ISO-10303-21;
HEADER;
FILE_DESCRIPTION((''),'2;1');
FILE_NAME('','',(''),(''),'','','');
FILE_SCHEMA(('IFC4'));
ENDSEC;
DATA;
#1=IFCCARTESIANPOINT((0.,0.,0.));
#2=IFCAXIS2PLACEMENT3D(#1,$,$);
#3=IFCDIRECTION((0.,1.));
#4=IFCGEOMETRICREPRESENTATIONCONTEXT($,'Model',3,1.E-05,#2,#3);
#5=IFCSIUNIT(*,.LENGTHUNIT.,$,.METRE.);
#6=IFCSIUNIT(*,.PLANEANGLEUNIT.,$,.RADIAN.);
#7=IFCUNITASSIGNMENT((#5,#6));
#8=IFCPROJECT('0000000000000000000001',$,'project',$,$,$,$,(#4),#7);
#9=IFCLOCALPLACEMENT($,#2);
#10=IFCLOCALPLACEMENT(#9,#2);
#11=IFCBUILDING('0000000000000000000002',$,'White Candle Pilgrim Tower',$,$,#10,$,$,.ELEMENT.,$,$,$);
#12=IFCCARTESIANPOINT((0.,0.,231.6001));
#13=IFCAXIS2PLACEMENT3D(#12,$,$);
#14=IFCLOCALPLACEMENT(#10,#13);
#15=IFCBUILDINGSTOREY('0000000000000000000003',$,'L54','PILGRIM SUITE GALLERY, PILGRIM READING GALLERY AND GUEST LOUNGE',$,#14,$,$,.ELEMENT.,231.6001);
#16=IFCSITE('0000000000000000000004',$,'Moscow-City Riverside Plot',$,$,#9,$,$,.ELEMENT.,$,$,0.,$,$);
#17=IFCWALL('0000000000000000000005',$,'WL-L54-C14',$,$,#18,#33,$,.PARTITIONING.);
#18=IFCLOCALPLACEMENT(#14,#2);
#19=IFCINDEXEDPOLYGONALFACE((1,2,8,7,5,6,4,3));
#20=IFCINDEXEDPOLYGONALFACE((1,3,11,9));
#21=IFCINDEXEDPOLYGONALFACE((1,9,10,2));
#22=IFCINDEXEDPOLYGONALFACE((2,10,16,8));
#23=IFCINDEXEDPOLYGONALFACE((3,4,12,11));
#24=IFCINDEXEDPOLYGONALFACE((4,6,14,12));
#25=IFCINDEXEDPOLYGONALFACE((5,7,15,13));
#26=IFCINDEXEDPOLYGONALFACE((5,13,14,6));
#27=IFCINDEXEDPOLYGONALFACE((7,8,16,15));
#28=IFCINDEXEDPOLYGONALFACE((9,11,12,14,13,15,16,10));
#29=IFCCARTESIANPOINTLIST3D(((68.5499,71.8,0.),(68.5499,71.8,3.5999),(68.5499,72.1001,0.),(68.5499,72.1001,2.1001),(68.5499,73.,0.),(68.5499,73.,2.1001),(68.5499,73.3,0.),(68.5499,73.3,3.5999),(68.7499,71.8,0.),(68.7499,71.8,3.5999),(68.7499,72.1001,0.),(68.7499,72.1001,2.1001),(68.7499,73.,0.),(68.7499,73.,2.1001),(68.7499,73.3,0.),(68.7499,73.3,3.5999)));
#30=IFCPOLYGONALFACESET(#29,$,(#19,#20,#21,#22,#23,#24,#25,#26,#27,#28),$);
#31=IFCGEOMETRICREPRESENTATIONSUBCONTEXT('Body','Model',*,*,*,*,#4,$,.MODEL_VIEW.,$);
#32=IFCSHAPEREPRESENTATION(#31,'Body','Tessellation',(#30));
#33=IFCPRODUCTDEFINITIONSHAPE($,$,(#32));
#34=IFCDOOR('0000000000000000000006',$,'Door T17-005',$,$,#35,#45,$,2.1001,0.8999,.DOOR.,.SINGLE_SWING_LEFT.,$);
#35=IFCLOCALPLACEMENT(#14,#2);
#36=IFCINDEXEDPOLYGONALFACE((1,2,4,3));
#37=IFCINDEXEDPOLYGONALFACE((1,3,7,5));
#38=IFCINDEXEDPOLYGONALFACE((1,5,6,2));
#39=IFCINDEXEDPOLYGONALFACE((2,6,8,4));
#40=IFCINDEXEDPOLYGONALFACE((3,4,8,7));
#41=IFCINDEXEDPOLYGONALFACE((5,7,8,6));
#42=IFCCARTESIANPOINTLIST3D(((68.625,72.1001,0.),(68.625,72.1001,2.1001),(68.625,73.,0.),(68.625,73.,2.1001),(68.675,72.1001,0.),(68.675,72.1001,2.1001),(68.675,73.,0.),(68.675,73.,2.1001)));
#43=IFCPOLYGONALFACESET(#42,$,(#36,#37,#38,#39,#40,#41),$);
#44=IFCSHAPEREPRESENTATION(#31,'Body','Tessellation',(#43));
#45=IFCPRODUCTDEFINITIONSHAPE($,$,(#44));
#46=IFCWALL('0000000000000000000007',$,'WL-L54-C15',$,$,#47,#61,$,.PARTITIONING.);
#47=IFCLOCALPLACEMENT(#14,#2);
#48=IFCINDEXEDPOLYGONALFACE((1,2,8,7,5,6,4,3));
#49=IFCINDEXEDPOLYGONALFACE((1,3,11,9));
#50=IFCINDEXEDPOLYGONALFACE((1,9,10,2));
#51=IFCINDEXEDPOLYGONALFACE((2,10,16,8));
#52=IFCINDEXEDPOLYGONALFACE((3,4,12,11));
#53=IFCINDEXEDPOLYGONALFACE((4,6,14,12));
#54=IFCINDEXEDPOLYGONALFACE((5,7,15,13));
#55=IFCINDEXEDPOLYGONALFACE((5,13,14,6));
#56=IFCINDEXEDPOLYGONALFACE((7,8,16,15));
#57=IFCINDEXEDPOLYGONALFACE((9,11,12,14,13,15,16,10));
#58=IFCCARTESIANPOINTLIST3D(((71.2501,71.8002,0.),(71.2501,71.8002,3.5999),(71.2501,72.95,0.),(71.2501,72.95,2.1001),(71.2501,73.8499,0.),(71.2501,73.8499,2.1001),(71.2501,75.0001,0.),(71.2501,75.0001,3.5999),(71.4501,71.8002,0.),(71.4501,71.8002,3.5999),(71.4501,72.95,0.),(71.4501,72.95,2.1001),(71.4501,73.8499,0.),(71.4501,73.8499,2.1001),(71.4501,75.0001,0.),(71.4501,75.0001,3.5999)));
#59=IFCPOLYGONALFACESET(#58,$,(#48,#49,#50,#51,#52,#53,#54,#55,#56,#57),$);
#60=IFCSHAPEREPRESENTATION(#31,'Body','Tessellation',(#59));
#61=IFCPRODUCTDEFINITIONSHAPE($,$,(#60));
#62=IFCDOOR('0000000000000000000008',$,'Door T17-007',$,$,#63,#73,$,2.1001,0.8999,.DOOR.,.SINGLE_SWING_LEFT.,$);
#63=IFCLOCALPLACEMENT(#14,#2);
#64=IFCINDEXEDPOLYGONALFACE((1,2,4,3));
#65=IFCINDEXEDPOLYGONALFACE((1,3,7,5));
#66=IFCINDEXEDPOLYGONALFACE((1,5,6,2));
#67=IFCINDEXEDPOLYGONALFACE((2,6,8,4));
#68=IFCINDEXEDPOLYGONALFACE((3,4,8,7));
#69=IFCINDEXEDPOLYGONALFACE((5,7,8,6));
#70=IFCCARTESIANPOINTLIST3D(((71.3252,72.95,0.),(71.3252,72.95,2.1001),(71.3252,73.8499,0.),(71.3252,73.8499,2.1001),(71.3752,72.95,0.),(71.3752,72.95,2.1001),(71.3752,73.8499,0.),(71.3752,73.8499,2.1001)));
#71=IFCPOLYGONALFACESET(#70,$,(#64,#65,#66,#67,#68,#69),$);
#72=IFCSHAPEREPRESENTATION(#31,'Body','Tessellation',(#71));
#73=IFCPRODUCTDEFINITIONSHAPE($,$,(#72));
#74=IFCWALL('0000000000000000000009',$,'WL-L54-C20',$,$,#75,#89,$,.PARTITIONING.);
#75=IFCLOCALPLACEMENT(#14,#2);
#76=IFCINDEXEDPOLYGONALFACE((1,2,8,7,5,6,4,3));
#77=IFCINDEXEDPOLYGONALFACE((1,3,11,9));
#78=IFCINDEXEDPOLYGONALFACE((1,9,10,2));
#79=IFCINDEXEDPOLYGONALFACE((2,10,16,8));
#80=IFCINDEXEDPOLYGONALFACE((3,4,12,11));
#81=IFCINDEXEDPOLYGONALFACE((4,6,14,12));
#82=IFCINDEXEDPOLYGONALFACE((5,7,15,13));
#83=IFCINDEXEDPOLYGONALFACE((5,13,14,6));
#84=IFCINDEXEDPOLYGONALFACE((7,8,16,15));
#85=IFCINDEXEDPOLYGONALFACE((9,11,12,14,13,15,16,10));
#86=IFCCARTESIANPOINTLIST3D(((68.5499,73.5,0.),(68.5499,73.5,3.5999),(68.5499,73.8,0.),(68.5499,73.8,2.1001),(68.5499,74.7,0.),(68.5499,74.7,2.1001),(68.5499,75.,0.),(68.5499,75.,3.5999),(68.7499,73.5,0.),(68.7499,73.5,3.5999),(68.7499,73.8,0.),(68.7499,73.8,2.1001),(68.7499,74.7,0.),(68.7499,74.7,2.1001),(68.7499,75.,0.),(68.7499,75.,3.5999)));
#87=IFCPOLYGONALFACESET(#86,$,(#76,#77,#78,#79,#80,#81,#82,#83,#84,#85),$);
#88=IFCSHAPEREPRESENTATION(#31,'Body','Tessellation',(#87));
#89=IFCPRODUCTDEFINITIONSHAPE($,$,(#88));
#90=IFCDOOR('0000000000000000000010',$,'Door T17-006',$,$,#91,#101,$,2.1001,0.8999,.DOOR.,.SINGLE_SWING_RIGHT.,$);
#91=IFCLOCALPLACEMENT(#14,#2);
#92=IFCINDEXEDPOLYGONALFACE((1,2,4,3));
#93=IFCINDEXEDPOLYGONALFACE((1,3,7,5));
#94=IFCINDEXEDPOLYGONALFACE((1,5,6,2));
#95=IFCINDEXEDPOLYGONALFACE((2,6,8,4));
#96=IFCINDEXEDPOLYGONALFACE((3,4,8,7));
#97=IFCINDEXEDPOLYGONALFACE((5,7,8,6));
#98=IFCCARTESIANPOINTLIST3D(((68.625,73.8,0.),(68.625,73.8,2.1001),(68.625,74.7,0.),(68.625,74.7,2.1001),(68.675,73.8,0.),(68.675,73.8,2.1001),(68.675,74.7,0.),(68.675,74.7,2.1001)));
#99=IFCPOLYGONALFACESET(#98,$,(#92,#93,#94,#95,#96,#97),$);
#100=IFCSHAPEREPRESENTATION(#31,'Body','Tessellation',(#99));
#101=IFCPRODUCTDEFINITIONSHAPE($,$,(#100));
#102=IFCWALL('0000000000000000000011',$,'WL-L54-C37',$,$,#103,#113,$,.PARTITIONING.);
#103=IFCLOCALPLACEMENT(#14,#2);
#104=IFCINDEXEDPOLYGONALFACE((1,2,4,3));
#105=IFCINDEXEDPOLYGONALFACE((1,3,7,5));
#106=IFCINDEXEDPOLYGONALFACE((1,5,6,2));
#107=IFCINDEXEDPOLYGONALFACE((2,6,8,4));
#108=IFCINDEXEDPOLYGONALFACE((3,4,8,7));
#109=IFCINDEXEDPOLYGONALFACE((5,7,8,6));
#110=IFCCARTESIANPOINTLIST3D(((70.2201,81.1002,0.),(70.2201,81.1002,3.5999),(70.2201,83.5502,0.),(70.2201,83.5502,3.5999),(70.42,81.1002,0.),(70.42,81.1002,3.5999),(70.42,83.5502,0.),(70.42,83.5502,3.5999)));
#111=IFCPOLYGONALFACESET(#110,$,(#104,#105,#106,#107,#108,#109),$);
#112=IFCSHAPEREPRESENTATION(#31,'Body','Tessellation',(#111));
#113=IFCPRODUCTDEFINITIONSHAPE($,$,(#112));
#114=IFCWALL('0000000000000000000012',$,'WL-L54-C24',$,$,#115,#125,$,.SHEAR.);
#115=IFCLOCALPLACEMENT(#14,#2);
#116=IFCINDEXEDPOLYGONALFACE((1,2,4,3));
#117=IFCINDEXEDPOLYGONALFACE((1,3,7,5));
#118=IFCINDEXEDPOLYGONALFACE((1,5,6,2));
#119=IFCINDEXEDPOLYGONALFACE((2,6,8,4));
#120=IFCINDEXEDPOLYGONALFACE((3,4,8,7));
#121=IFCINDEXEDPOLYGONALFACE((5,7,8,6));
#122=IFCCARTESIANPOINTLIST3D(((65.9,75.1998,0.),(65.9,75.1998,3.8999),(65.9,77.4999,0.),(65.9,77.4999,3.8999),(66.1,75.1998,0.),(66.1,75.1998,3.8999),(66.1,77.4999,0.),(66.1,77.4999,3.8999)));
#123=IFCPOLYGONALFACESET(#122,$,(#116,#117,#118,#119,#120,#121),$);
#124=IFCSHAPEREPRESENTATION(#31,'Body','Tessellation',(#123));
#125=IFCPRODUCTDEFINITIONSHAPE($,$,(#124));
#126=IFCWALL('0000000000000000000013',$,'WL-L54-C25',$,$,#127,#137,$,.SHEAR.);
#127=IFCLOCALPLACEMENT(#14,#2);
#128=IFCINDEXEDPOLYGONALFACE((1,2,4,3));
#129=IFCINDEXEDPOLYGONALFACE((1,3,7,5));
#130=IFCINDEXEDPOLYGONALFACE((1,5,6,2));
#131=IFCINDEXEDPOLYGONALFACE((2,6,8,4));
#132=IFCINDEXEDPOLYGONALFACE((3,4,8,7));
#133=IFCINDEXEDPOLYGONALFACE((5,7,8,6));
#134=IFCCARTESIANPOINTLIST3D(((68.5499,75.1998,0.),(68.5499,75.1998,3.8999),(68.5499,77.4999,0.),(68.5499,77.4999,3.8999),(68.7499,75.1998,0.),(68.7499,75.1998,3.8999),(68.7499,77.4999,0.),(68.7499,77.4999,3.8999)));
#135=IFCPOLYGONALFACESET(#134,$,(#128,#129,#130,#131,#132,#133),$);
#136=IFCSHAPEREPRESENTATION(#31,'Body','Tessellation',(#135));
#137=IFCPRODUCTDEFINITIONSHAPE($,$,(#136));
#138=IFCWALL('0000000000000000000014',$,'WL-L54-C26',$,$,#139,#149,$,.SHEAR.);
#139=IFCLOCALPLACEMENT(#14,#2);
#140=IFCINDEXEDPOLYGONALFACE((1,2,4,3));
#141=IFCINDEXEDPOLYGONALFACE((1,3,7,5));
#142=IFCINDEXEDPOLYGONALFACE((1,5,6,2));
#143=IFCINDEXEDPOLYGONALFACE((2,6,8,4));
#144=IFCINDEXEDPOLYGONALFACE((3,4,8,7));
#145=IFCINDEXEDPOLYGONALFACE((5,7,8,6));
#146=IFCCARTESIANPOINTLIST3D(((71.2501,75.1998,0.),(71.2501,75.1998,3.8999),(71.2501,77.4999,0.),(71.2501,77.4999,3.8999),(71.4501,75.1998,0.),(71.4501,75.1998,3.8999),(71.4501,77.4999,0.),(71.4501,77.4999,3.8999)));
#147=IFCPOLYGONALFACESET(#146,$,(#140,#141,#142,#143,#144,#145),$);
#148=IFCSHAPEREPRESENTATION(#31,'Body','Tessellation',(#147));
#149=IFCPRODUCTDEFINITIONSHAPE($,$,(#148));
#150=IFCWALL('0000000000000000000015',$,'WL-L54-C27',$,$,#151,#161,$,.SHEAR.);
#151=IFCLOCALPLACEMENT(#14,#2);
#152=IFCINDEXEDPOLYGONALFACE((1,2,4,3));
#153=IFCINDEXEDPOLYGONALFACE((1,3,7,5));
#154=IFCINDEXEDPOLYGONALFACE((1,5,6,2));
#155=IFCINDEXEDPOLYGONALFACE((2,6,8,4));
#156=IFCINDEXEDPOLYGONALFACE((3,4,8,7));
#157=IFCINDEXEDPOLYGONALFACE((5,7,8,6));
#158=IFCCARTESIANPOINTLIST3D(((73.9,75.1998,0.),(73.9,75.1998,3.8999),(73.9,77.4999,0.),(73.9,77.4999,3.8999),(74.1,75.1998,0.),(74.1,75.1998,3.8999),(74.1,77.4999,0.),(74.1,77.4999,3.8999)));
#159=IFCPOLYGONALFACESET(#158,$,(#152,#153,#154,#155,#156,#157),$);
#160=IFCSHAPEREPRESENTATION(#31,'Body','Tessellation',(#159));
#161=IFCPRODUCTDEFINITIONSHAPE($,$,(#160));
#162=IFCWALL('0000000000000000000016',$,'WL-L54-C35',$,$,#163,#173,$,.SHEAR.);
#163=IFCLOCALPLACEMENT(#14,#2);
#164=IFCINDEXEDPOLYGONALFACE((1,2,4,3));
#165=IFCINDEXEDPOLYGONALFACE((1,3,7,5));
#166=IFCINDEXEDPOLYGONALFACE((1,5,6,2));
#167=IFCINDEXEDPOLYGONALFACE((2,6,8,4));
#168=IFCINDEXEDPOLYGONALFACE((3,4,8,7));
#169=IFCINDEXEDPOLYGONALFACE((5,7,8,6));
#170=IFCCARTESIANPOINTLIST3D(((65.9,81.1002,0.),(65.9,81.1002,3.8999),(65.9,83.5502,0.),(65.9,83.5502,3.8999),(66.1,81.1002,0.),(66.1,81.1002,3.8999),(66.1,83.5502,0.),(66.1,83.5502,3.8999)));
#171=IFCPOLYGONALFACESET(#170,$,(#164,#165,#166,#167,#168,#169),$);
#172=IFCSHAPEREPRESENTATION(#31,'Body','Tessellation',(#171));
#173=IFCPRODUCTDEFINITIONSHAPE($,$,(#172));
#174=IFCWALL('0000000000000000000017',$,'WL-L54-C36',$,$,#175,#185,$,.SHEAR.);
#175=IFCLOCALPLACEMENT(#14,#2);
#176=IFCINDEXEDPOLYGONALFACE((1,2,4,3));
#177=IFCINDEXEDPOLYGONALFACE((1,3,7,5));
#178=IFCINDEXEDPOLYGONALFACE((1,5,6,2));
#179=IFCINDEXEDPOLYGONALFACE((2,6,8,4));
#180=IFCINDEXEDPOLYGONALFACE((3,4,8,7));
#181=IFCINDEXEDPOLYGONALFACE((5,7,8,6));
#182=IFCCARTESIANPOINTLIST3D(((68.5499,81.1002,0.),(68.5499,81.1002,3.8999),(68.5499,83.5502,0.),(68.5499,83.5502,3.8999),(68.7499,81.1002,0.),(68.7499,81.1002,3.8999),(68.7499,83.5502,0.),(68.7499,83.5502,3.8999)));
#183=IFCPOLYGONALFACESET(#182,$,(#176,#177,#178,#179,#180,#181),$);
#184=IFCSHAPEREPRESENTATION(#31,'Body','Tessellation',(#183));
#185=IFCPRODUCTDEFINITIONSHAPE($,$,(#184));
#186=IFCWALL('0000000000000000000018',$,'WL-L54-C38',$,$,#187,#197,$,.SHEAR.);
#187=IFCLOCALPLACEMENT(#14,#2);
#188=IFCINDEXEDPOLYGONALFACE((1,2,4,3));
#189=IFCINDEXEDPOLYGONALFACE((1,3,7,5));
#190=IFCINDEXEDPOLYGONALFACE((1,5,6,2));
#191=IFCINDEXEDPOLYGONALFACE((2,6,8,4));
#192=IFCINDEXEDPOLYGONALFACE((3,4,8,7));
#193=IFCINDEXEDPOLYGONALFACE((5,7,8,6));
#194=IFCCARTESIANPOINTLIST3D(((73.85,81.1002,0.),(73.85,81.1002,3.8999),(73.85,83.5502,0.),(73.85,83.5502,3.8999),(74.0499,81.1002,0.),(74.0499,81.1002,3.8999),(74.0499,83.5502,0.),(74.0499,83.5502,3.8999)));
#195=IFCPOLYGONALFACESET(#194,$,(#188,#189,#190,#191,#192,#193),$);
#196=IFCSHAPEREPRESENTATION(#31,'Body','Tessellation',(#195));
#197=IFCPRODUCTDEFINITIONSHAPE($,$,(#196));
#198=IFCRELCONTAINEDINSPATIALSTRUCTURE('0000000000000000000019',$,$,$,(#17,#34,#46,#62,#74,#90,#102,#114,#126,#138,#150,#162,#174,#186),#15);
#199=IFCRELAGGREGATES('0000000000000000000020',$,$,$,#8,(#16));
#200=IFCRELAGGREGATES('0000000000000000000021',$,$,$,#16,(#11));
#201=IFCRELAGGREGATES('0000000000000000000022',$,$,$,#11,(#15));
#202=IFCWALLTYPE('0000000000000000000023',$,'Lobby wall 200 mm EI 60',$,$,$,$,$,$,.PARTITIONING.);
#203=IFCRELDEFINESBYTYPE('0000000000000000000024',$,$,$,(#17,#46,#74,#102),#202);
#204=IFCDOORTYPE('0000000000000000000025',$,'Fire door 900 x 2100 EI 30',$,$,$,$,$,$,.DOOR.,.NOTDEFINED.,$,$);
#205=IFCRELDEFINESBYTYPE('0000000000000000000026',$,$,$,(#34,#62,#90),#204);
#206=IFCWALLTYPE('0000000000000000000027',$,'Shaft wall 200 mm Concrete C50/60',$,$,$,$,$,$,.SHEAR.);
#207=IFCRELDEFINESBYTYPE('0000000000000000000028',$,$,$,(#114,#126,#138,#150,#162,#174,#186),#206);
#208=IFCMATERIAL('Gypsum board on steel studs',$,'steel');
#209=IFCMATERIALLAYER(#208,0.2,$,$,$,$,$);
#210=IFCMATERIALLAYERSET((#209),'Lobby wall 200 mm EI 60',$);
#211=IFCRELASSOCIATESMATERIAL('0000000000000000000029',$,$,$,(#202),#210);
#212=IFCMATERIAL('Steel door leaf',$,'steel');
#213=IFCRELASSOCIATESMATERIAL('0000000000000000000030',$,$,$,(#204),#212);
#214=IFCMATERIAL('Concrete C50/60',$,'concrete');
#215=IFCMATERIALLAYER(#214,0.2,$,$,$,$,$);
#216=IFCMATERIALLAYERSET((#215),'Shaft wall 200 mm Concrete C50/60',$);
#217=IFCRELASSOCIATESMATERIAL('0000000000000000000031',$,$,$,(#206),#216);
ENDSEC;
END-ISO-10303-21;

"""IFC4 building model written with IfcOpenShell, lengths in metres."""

from ifc_helpers import new_model, si_unit, direction, frame, frame_2d, origin, place, context, subcontext, project, spatial, rectangle, extrude, material, layer, layer_set, type_object, element, fill, save


model = new_model("IFC4")

# Units and contexts
model_context = context("Model", 3, precision=1e-05, world=origin(), true_north=direction((0.0, 1.0)))
body_context = subcontext(model_context, "Body", "Model", "MODEL_VIEW")
ifc_project = project(units=[si_unit("LENGTHUNIT", "METRE"), si_unit("PLANEANGLEUNIT", "RADIAN")], contexts=[model_context])

# Site, building, storey
site_placement = place(None, origin())
site = spatial("IfcSite", under=ifc_project, at=site_placement, Name="Moscow-City Riverside Plot", CompositionType="ELEMENT", RefElevation=0.0)
building_placement = place(site_placement, origin())
building = spatial("IfcBuilding", under=site, at=building_placement, Name="White Candle Pilgrim Tower", CompositionType="ELEMENT")
storey_placement = place(building_placement, frame((0.0, 0.0, 231.6001)))
storey = spatial("IfcBuildingStorey", under=building, at=storey_placement, Name="L54", Description="PILGRIM SUITE GALLERY, PILGRIM READING GALLERY AND GUEST LOUNGE", CompositionType="ELEMENT", Elevation=231.6001)

# Walls, openings, doors
ifc_material_1 = material(Name="Gypsum board on steel studs", Category="steel")
ifc_layer_1 = layer(ifc_material_1, 0.2)
ifc_layer_set_1 = layer_set([ifc_layer_1], Name="Lobby wall 200 mm EI 60")
wall_type_1 = type_object("IfcWallType", Name="Lobby wall 200 mm EI 60", PredefinedType="PARTITIONING", material=ifc_layer_set_1)
wall_1_placement = place(storey_placement, frame((68.6499, 71.8, 0.0), z_axis=(0.0, 0.0, 1.0), x_axis=(0.0, 1.0, 0.0)))
wall_1 = element("IfcWall", 1, at=wall_1_placement, inside=storey, type_object=wall_type_1, Name="WL-L54-C14", PredefinedType="PARTITIONING", context=body_context, shape_type="SweptSolid", body=[
    extrude(rectangle(XDim=1.5, YDim=0.2, at=frame_2d((0.75, 0.0))), origin(), (0.0, 0.0, 1.0), 3.5999),
])
opening_1_placement = place(wall_1_placement, frame((0.3, 0.0, 0.0)))
opening_1 = element("IfcOpeningElement", 2, at=opening_1_placement, cuts=wall_1, PredefinedType="OPENING", context=body_context, shape_type="SweptSolid", body=[
    extrude(rectangle(XDim=0.8999, YDim=2.1001, at=frame_2d((0.45, 1.05))), frame((0.0, 0.1099, 0.0), z_axis=(0.0, -1.0, 0.0), x_axis=(1.0, 0.0, 0.0)), (0.0, 0.0, 1.0), 0.22),
])
ifc_material_2 = material(Name="Steel door leaf", Category="steel")
door_type_1 = type_object("IfcDoorType", Name="Fire door 900 x 2100 EI 30", OperationType="NOTDEFINED", PredefinedType="DOOR", material=ifc_material_2)
door_1_placement = place(opening_1_placement, origin())
door_1 = element("IfcDoor", 3, at=door_1_placement, inside=storey, type_object=door_type_1, Name="Door T17-005", OperationType="SINGLE_SWING_LEFT", OverallHeight=2.1001, OverallWidth=0.8999, PredefinedType="DOOR", context=body_context, shape_type="SweptSolid", body=[
    extrude(rectangle(XDim=0.8999, YDim=2.1001, at=frame_2d((0.45, 1.05))), frame((0.0, 0.0249, 0.0), z_axis=(0.0, -1.0, 0.0), x_axis=(1.0, 0.0, 0.0)), (0.0, 0.0, 1.0), 0.05),
])
fill(opening_1, door_1)
wall_2_placement = place(storey_placement, frame((71.3501, 71.8, 0.0), z_axis=(0.0, 0.0, 1.0), x_axis=(0.0, 1.0, 0.0)))
wall_2 = element("IfcWall", 4, at=wall_2_placement, inside=storey, type_object=wall_type_1, Name="WL-L54-C15", PredefinedType="PARTITIONING", context=body_context, shape_type="SweptSolid", body=[
    extrude(rectangle(XDim=3.2, YDim=0.2, at=frame_2d((1.6001, 0.0))), origin(), (0.0, 0.0, 1.0), 3.5999),
])
opening_2_placement = place(wall_2_placement, frame((1.1499, 0.0, 0.0)))
opening_2 = element("IfcOpeningElement", 5, at=opening_2_placement, cuts=wall_2, PredefinedType="OPENING", context=body_context, shape_type="SweptSolid", body=[
    extrude(rectangle(XDim=0.8999, YDim=2.1001, at=frame_2d((0.45, 1.05))), frame((0.0, 0.1099, 0.0), z_axis=(0.0, -1.0, 0.0), x_axis=(1.0, 0.0, 0.0)), (0.0, 0.0, 1.0), 0.22),
])
door_2_placement = place(opening_2_placement, origin())
door_2 = element("IfcDoor", 6, at=door_2_placement, inside=storey, type_object=door_type_1, Name="Door T17-007", OperationType="SINGLE_SWING_LEFT", OverallHeight=2.1001, OverallWidth=0.8999, PredefinedType="DOOR", context=body_context, shape_type="SweptSolid", body=[
    extrude(rectangle(XDim=0.8999, YDim=2.1001, at=frame_2d((0.45, 1.05))), frame((0.0, 0.0249, 0.0), z_axis=(0.0, -1.0, 0.0), x_axis=(1.0, 0.0, 0.0)), (0.0, 0.0, 1.0), 0.05),
])
fill(opening_2, door_2)
wall_3_placement = place(storey_placement, frame((68.6499, 73.5, 0.0), z_axis=(0.0, 0.0, 1.0), x_axis=(0.0, 1.0, 0.0)))
wall_3 = element("IfcWall", 7, at=wall_3_placement, inside=storey, type_object=wall_type_1, Name="WL-L54-C20", PredefinedType="PARTITIONING", context=body_context, shape_type="SweptSolid", body=[
    extrude(rectangle(XDim=1.5, YDim=0.2, at=frame_2d((0.75, 0.0))), origin(), (0.0, 0.0, 1.0), 3.5999),
])
opening_3_placement = place(wall_3_placement, frame((0.3, 0.0, 0.0)))
opening_3 = element("IfcOpeningElement", 8, at=opening_3_placement, cuts=wall_3, PredefinedType="OPENING", context=body_context, shape_type="SweptSolid", body=[
    extrude(rectangle(XDim=0.8999, YDim=2.1001, at=frame_2d((0.45, 1.05))), frame((0.0, 0.1099, 0.0), z_axis=(0.0, -1.0, 0.0), x_axis=(1.0, 0.0, 0.0)), (0.0, 0.0, 1.0), 0.22),
])
door_3_placement = place(opening_3_placement, origin())
door_3 = element("IfcDoor", 9, at=door_3_placement, inside=storey, type_object=door_type_1, Name="Door T17-006", OperationType="SINGLE_SWING_RIGHT", OverallHeight=2.1001, OverallWidth=0.8999, PredefinedType="DOOR", context=body_context, shape_type="SweptSolid", body=[
    extrude(rectangle(XDim=0.8999, YDim=2.1001, at=frame_2d((0.45, 1.05))), frame((0.0, 0.0249, 0.0), z_axis=(0.0, -1.0, 0.0), x_axis=(1.0, 0.0, 0.0)), (0.0, 0.0, 1.0), 0.05),
])
fill(opening_3, door_3)

# Walls
wall_4_placement = place(storey_placement, frame((70.3201, 81.1001, 0.0), z_axis=(0.0, 0.0, 1.0), x_axis=(0.0, 1.0, 0.0)))
element("IfcWall", 10, at=wall_4_placement, inside=storey, type_object=wall_type_1, Name="WL-L54-C37", PredefinedType="PARTITIONING", context=body_context, shape_type="SweptSolid", body=[
    extrude(rectangle(XDim=2.45, YDim=0.2, at=frame_2d((1.2251, 0.0))), origin(), (0.0, 0.0, 1.0), 3.5999),
])
ifc_material_3 = material(Name="Concrete C50/60", Category="concrete")
ifc_layer_2 = layer(ifc_material_3, 0.2)
ifc_layer_set_2 = layer_set([ifc_layer_2], Name="Shaft wall 200 mm Concrete C50/60")
wall_type_2 = type_object("IfcWallType", Name="Shaft wall 200 mm Concrete C50/60", PredefinedType="SHEAR", material=ifc_layer_set_2)
for number, where, z_axis, x_axis, name in (
    (11, (66.0, 75.2, 0.0), (0.0, 0.0, 1.0), (0.0, 1.0, 0.0), "WL-L54-C24"),
    (12, (68.6499, 75.2, 0.0), (0.0, 0.0, 1.0), (0.0, 1.0, 0.0), "WL-L54-C25"),
    (13, (71.3501, 75.2, 0.0), (0.0, 0.0, 1.0), (0.0, 1.0, 0.0), "WL-L54-C26"),
    (14, (74.0, 75.2, 0.0), (0.0, 0.0, 1.0), (0.0, 1.0, 0.0), "WL-L54-C27"),
):
    element("IfcWall", number, at=place(storey_placement, frame(where, z_axis=z_axis, x_axis=x_axis)), inside=storey, type_object=wall_type_2, Name=name, PredefinedType="SHEAR", context=body_context, shape_type="SweptSolid", body=[
        extrude(rectangle(XDim=2.3, YDim=0.2, at=frame_2d((1.1499, 0.0))), origin(), (0.0, 0.0, 1.0), 3.8999),
    ])
for number, where, z_axis, x_axis, name in (
    (15, (66.0, 81.1001, 0.0), (0.0, 0.0, 1.0), (0.0, 1.0, 0.0), "WL-L54-C35"),
    (16, (68.6499, 81.1001, 0.0), (0.0, 0.0, 1.0), (0.0, 1.0, 0.0), "WL-L54-C36"),
    (17, (73.95, 81.1001, 0.0), (0.0, 0.0, 1.0), (0.0, 1.0, 0.0), "WL-L54-C38"),
):
    element("IfcWall", number, at=place(storey_placement, frame(where, z_axis=z_axis, x_axis=x_axis)), inside=storey, type_object=wall_type_2, Name=name, PredefinedType="SHEAR", context=body_context, shape_type="SweptSolid", body=[
        extrude(rectangle(XDim=2.45, YDim=0.2, at=frame_2d((1.2251, 0.0))), origin(), (0.0, 0.0, 1.0), 3.8999),
    ])

save(model, "model.ifc")
